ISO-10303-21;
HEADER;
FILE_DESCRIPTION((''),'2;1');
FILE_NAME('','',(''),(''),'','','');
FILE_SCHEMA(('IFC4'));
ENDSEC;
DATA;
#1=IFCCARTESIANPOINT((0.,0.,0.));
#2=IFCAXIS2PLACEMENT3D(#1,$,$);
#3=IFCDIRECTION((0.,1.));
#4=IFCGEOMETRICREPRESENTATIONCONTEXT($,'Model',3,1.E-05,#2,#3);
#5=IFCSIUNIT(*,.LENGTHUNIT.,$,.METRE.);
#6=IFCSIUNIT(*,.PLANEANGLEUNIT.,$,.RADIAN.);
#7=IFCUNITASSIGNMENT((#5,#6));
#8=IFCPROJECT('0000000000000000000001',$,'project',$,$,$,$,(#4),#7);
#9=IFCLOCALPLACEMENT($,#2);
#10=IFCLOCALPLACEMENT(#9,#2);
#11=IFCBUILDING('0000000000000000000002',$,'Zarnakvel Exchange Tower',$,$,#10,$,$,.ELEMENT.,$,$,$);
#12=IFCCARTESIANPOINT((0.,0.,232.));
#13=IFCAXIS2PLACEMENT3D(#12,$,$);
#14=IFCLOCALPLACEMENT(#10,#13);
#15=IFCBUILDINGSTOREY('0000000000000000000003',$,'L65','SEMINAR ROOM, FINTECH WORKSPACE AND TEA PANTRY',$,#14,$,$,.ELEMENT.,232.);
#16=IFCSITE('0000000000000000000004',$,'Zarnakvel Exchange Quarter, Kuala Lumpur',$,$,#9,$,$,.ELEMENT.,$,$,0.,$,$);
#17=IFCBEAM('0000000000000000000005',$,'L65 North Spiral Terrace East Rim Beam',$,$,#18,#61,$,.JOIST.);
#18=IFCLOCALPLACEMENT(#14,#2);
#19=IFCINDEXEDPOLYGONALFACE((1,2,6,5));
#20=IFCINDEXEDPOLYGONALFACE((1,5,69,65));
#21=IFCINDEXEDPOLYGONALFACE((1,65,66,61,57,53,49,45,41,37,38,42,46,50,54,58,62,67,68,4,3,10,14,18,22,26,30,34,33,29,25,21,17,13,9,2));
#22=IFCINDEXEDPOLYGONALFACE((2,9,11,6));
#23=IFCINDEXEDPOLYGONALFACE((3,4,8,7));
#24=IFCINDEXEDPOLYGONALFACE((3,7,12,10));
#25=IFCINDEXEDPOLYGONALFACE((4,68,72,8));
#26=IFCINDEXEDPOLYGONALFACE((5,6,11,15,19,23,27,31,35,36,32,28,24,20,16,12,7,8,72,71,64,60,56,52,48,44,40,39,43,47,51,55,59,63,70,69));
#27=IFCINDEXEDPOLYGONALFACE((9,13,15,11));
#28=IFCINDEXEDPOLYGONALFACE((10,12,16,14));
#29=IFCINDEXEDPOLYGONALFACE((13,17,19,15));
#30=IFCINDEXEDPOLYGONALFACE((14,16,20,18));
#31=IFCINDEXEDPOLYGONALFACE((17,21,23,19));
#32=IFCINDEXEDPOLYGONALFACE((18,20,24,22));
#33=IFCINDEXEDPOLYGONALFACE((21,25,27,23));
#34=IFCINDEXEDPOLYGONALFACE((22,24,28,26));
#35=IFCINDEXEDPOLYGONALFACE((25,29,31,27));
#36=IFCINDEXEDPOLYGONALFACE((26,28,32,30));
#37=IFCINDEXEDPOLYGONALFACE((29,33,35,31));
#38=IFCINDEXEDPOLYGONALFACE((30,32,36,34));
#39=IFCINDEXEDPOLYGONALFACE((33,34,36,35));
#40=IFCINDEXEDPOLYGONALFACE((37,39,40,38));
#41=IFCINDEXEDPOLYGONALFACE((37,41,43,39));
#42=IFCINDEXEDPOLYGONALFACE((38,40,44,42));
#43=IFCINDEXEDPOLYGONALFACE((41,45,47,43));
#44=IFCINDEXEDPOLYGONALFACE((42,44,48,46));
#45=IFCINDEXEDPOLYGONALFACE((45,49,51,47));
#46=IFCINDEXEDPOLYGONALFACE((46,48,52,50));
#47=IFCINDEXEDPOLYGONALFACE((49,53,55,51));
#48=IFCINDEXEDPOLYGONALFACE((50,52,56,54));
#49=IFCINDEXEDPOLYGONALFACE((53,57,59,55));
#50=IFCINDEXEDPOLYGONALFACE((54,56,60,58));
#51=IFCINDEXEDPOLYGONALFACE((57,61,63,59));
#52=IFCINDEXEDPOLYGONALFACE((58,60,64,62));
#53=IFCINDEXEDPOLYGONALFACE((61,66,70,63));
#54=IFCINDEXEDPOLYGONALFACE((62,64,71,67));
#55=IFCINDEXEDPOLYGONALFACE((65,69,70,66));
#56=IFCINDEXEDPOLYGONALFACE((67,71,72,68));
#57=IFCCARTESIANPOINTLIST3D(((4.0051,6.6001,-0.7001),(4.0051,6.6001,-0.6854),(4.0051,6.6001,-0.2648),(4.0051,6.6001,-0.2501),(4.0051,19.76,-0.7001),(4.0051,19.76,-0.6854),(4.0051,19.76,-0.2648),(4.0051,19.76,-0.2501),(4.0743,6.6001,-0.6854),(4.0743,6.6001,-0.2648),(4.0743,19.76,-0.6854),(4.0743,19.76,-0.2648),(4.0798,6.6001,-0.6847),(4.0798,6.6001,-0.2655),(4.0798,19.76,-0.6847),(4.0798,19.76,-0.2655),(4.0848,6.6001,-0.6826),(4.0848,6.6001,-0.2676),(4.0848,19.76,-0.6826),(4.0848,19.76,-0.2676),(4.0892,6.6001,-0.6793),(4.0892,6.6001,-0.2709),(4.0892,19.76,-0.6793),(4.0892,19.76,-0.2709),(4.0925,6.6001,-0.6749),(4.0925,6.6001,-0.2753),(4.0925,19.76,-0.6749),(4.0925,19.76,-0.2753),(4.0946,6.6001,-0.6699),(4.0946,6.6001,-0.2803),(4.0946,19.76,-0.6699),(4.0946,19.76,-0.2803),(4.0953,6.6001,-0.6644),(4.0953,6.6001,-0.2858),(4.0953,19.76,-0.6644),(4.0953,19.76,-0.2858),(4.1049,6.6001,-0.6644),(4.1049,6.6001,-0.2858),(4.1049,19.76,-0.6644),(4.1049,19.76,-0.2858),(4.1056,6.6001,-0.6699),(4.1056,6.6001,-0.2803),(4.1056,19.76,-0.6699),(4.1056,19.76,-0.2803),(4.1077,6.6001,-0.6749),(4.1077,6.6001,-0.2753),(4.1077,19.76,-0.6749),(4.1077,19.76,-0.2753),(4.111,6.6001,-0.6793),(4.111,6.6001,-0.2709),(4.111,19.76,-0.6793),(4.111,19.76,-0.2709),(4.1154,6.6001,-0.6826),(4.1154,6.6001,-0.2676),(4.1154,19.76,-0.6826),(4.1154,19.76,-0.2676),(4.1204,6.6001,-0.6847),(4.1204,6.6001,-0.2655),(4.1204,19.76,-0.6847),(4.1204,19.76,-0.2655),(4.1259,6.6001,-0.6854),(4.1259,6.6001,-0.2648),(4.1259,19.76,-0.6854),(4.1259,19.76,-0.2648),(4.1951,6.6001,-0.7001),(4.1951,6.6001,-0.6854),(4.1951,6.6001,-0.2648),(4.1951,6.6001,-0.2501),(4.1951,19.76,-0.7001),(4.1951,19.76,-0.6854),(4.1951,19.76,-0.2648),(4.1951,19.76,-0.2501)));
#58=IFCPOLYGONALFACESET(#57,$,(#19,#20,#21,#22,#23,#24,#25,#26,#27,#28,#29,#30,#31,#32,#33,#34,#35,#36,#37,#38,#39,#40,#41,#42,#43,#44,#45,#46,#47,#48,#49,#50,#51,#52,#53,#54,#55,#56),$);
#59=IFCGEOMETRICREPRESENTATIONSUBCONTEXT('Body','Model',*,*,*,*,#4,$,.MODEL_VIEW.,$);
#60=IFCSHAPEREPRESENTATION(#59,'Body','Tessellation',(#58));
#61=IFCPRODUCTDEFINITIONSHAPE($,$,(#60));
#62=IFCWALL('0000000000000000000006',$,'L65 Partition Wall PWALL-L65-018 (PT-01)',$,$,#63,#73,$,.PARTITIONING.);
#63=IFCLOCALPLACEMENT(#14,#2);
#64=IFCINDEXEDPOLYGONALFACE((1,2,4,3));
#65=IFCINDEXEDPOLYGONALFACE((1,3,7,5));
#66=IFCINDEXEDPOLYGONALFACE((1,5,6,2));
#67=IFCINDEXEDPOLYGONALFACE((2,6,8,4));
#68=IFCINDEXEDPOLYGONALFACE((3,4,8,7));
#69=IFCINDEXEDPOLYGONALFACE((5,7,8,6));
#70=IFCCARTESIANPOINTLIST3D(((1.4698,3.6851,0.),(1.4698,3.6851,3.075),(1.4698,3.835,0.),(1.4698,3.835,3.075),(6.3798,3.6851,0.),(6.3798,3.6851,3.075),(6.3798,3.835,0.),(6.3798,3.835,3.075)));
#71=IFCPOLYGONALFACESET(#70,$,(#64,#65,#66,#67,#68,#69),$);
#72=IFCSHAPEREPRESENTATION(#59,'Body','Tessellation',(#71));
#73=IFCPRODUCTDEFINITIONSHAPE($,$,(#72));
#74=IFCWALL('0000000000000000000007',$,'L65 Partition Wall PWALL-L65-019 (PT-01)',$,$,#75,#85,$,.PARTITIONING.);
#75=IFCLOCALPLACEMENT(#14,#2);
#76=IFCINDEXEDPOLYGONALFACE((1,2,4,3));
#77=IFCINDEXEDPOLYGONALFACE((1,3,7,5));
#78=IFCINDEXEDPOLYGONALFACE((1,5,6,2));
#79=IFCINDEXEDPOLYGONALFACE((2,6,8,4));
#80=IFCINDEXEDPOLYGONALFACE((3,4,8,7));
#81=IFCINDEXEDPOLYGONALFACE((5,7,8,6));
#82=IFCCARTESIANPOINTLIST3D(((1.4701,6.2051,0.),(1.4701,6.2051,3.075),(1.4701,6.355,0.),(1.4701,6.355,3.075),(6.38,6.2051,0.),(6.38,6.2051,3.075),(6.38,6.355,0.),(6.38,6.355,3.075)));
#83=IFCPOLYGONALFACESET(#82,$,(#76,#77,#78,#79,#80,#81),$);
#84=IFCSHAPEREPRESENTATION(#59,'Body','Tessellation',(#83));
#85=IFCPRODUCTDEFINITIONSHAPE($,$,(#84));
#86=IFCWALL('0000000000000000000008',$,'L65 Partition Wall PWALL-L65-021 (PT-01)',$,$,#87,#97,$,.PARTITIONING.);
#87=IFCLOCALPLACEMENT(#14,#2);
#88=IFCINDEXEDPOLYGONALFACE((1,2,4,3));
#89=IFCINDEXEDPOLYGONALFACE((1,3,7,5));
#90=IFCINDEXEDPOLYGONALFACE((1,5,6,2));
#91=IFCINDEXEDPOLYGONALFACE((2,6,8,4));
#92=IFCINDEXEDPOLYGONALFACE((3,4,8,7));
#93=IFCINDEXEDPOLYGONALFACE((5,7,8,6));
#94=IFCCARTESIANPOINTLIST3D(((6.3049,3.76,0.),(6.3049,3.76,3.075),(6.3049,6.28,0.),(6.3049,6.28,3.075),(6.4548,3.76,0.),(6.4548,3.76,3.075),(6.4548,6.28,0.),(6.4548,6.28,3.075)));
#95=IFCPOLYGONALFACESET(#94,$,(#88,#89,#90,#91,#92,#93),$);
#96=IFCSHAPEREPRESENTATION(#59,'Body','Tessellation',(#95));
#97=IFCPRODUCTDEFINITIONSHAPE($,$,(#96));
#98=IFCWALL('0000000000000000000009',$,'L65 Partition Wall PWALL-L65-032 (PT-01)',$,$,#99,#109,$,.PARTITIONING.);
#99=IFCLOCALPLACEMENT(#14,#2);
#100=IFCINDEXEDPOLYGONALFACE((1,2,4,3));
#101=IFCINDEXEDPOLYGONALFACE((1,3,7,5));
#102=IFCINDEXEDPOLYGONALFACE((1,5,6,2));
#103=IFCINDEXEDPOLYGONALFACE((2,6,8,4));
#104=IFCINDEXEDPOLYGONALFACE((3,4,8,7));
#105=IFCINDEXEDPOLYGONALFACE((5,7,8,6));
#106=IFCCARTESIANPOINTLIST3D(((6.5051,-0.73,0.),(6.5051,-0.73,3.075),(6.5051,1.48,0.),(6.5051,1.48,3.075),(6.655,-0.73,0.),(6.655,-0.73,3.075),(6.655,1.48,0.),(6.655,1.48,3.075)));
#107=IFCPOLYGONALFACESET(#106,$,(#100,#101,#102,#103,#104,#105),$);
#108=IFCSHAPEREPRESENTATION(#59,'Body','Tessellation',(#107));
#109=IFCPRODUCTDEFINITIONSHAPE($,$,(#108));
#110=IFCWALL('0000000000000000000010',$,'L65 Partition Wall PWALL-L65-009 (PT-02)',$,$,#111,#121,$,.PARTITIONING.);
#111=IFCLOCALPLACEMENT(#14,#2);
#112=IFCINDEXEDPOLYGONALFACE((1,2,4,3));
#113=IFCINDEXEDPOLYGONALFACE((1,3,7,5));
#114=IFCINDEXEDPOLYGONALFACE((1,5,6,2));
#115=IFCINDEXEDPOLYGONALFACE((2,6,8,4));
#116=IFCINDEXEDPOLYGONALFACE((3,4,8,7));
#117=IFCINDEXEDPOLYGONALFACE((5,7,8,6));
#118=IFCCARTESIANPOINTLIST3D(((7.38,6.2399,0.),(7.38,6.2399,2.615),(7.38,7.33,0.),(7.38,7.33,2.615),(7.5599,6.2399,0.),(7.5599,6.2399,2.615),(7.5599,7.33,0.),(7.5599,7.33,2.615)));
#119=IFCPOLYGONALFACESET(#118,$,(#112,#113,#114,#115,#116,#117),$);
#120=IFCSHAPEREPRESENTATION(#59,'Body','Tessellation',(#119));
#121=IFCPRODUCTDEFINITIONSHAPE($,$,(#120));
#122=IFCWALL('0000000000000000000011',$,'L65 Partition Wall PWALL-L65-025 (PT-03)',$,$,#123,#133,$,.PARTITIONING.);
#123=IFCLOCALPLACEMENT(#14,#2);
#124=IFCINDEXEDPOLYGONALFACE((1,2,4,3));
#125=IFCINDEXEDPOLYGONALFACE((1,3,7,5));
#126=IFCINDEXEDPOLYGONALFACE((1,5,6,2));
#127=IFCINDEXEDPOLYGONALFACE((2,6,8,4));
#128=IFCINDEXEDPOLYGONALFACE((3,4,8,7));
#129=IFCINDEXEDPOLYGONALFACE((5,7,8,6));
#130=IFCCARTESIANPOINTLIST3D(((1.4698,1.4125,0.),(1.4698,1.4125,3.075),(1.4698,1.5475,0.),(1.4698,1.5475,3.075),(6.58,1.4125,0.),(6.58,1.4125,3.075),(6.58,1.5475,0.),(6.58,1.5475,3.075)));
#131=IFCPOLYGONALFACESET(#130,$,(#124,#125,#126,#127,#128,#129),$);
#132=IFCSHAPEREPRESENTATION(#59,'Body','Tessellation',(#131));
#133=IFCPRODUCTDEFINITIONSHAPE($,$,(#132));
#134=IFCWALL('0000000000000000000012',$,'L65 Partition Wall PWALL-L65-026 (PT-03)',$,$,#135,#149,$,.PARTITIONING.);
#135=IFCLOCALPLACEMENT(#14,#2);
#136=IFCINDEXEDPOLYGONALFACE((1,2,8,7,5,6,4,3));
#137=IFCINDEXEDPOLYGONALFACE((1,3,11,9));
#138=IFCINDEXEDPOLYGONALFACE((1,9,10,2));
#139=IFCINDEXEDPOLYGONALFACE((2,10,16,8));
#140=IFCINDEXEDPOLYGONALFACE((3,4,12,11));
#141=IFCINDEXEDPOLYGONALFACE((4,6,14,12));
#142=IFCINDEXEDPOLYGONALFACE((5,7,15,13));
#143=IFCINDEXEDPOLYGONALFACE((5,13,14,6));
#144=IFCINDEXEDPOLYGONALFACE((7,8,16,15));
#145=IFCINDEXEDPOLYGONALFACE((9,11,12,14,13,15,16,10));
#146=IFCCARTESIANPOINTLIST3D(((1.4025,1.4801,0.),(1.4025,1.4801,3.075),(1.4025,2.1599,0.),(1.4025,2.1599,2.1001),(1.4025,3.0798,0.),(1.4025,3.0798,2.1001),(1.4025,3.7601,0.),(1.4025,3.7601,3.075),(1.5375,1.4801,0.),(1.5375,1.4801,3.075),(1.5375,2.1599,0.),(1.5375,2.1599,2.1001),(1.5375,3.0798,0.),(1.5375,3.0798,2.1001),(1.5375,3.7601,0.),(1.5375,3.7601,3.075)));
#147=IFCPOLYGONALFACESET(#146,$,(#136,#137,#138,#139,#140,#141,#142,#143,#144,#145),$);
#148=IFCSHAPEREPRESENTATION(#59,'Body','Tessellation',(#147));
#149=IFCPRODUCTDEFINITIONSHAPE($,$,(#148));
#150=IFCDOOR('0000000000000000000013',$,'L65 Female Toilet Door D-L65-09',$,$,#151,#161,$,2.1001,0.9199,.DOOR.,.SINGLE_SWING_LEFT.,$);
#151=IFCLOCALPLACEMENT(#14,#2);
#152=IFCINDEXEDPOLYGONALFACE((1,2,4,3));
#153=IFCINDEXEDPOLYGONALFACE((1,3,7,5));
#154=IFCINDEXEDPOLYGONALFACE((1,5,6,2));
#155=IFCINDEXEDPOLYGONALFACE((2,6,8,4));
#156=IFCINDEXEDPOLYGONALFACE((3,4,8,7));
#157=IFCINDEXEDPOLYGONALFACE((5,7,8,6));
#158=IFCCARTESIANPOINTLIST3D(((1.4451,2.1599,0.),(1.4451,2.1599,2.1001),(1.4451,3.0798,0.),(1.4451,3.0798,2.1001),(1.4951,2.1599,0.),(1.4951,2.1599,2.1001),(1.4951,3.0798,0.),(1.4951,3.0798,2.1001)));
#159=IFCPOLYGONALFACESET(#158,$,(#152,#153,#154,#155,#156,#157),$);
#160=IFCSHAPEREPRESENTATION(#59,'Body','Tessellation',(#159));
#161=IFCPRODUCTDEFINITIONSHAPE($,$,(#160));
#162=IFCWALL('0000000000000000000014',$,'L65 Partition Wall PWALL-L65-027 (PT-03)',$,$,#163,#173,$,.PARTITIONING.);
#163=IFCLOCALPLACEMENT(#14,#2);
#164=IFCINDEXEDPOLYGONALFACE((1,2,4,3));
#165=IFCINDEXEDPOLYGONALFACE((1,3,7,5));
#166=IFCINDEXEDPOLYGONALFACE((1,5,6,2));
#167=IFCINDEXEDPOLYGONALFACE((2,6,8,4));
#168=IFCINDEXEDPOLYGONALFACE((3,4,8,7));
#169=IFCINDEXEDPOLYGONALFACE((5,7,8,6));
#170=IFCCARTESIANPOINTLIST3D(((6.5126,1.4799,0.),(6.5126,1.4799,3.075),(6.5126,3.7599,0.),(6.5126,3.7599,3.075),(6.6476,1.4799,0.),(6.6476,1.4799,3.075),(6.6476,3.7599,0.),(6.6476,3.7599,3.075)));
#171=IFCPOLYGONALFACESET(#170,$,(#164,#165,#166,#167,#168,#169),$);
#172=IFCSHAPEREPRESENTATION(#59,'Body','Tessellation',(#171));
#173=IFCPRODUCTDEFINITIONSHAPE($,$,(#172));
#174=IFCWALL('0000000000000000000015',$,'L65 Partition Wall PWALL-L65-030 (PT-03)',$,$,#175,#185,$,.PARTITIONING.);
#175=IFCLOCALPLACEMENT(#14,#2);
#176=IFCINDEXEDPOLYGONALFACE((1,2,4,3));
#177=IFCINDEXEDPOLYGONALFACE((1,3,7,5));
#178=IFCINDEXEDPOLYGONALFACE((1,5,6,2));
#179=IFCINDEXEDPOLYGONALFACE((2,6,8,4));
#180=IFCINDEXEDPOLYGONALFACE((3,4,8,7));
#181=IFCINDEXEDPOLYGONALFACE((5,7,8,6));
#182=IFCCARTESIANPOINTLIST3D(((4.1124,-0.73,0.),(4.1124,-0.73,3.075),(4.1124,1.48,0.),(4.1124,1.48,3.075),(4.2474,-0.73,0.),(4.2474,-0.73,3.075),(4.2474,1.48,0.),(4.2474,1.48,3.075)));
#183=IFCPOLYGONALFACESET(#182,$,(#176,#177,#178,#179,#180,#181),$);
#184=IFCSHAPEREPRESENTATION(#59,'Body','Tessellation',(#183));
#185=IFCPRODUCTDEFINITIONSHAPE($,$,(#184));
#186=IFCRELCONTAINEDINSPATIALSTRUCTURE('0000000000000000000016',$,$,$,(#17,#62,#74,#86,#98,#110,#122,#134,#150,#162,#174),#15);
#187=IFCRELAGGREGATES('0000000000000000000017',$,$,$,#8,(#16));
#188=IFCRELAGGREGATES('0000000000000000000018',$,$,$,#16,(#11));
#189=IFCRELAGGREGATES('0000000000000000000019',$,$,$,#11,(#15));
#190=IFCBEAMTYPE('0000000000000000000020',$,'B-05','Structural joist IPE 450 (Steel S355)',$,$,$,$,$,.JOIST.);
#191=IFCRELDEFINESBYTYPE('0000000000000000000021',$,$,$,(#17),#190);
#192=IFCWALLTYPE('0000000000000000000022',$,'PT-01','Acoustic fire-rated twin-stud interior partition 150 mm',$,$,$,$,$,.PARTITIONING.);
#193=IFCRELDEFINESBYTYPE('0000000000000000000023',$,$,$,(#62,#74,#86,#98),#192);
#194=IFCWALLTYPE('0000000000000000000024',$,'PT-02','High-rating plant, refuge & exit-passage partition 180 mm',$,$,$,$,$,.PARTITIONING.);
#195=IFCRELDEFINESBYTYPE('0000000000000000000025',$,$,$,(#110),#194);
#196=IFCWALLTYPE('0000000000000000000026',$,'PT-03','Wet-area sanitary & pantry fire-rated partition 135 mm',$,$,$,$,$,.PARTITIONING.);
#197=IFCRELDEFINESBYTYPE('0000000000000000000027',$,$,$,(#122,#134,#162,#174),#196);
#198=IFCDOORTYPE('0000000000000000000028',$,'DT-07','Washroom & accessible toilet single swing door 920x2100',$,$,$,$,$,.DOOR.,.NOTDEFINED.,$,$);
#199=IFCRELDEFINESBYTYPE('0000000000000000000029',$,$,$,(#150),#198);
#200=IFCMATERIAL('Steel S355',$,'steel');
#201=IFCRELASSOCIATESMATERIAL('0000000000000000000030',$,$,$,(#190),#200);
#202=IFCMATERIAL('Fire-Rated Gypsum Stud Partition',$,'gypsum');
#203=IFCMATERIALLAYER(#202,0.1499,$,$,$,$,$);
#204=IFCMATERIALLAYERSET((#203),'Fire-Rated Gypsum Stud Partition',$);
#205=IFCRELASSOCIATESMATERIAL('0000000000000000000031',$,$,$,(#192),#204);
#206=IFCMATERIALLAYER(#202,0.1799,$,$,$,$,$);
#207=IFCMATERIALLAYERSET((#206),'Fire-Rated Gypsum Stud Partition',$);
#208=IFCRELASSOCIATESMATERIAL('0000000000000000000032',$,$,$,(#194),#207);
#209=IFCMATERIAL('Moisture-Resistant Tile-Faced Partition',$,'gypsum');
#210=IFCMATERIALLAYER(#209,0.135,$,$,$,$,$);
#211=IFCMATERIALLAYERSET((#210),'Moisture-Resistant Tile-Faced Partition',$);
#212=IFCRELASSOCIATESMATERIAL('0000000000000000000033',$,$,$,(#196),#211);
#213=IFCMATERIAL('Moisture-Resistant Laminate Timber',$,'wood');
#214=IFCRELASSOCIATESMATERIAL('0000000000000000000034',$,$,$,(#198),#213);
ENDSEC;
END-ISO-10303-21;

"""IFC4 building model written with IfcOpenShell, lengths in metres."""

from ifc_helpers import new_model, si_unit, direction, frame, frame_2d, origin, origin_2d, place, context, subcontext, project, spatial, rectangle, i_section, extrude, source, transform, mapped, material, layer, layer_set, material_profile, profile_set, type_object, element, fill, save


model = new_model("IFC4")

# Units and contexts
model_context = context("Model", 3, precision=1e-05, world=origin(), true_north=direction((0.0, 1.0)))
body_context = subcontext(model_context, "Body", "Model", "MODEL_VIEW")
ifc_project = project(units=[si_unit("LENGTHUNIT", "METRE"), si_unit("PLANEANGLEUNIT", "RADIAN")], contexts=[model_context])

# Site, building, storey
site_placement = place(None, origin())
site = spatial("IfcSite", under=ifc_project, at=site_placement, Name="Zarnakvel Exchange Quarter, Kuala Lumpur", CompositionType="ELEMENT", RefElevation=0.0)
building_placement = place(site_placement, origin())
building = spatial("IfcBuilding", under=site, at=building_placement, Name="Zarnakvel Exchange Tower", CompositionType="ELEMENT")
storey_placement = place(building_placement, frame((0.0, 0.0, 232.0)))
storey = spatial("IfcBuildingStorey", under=building, at=storey_placement, Name="L65", Description="SEMINAR ROOM, FINTECH WORKSPACE AND TEA PANTRY", CompositionType="ELEMENT", Elevation=232.0)

# Beam
ifc_material_1 = material(Name="Steel S355", Category="steel")
ifc_material_profile = material_profile(ifc_material_1, i_section(OverallWidth=0.1899, OverallDepth=0.45, WebThickness=0.0095, FlangeThickness=0.0146, FilletRadius=0.021, at=origin_2d()))
ifc_profile_set = profile_set([ifc_material_profile], Name="Steel S355")
beam_type = type_object("IfcBeamType", Name="B-05", Description="Structural joist IPE 450 (Steel S355)", PredefinedType="JOIST", material=ifc_profile_set)
beam_placement = place(storey_placement, frame((4.1001, 6.6001, -0.4751), z_axis=(0.0, 1.0, 0.0), x_axis=(-1.0, 0.0, 0.0)))
element("IfcBeam", 1, at=beam_placement, inside=storey, type_object=beam_type, Name="L65 North Spiral Terrace East Rim Beam", PredefinedType="JOIST", context=body_context, shape_type="SweptSolid", body=[
    extrude(i_section(OverallWidth=0.1899, OverallDepth=0.45, WebThickness=0.0095, FlangeThickness=0.0146, FilletRadius=0.021, at=origin_2d()), origin(), (0.0, 0.0, 1.0), 13.1599),
])

# Walls
ifc_material_2 = material(Name="Fire-Rated Gypsum Stud Partition", Category="gypsum")
ifc_layer_1 = layer(ifc_material_2, 0.1499)
ifc_layer_set_1 = layer_set([ifc_layer_1], Name="Fire-Rated Gypsum Stud Partition")
wall_type_1 = type_object("IfcWallType", Name="PT-01", Description="Acoustic fire-rated twin-stud interior partition 150 mm", PredefinedType="PARTITIONING", material=ifc_layer_set_1)
for number, where, z_axis, x_axis, name in (
    (2, (6.3799, 3.76, 0.0), (0.0, 0.0, 1.0), (-1.0, 0.0, 0.0), "L65 Partition Wall PWALL-L65-018 (PT-01)"),
    (3, (1.47, 6.28, 0.0), (0.0, 0.0, 1.0), (1.0, 0.0, 0.0), "L65 Partition Wall PWALL-L65-019 (PT-01)"),
):
    element("IfcWall", number, at=place(storey_placement, frame(where, z_axis=z_axis, x_axis=x_axis)), inside=storey, type_object=wall_type_1, Name=name, PredefinedType="PARTITIONING", context=body_context, shape_type="SweptSolid", body=[
        extrude(rectangle(XDim=4.9099, YDim=0.1499, at=frame_2d((2.4551, 0.0))), origin(), (0.0, 0.0, 1.0), 3.075),
    ])

# Walls
wall_1_placement = place(storey_placement, frame((6.3799, 6.28, 0.0), z_axis=(0.0, 0.0, 1.0), x_axis=(0.0, -1.0, 0.0)))
element("IfcWall", 4, at=wall_1_placement, inside=storey, type_object=wall_type_1, Name="L65 Partition Wall PWALL-L65-021 (PT-01)", PredefinedType="PARTITIONING", context=body_context, shape_type="SweptSolid", body=[
    extrude(rectangle(XDim=2.52, YDim=0.1499, at=frame_2d((1.26, 0.0))), origin(), (0.0, 0.0, 1.0), 3.075),
])
wall_2_placement = place(storey_placement, frame((6.5801, 1.48, 0.0), z_axis=(0.0, 0.0, 1.0), x_axis=(0.0, -1.0, 0.0)))
element("IfcWall", 5, at=wall_2_placement, inside=storey, type_object=wall_type_1, Name="L65 Partition Wall PWALL-L65-032 (PT-01)", PredefinedType="PARTITIONING", context=body_context, shape_type="SweptSolid", body=[
    extrude(rectangle(XDim=2.21, YDim=0.1499, at=frame_2d((1.105, 0.0))), origin(), (0.0, 0.0, 1.0), 3.075),
])
ifc_layer_2 = layer(ifc_material_2, 0.1799)
ifc_layer_set_2 = layer_set([ifc_layer_2], Name="Fire-Rated Gypsum Stud Partition")
wall_type_2 = type_object("IfcWallType", Name="PT-02", Description="High-rating plant, refuge & exit-passage partition 180 mm", PredefinedType="PARTITIONING", material=ifc_layer_set_2)
wall_3_placement = place(storey_placement, frame((7.47, 6.24, 0.0), z_axis=(0.0, 0.0, 1.0), x_axis=(0.0, 1.0, 0.0)))
element("IfcWall", 6, at=wall_3_placement, inside=storey, type_object=wall_type_2, Name="L65 Partition Wall PWALL-L65-009 (PT-02)", PredefinedType="PARTITIONING", context=body_context, shape_type="SweptSolid", body=[
    extrude(rectangle(XDim=1.0901, YDim=0.1799, at=frame_2d((0.5449, 0.0))), origin(), (0.0, 0.0, 1.0), 2.615),
])
ifc_material_3 = material(Name="Moisture-Resistant Tile-Faced Partition", Category="gypsum")
ifc_layer_3 = layer(ifc_material_3, 0.135)
ifc_layer_set_3 = layer_set([ifc_layer_3], Name="Moisture-Resistant Tile-Faced Partition")
wall_type_3 = type_object("IfcWallType", Name="PT-03", Description="Wet-area sanitary & pantry fire-rated partition 135 mm", PredefinedType="PARTITIONING", material=ifc_layer_set_3)
wall_4_placement = place(storey_placement, frame((6.5801, 1.48, 0.0), z_axis=(0.0, 0.0, 1.0), x_axis=(-1.0, 0.0, 0.0)))
element("IfcWall", 7, at=wall_4_placement, inside=storey, type_object=wall_type_3, Name="L65 Partition Wall PWALL-L65-025 (PT-03)", PredefinedType="PARTITIONING", context=body_context, shape_type="SweptSolid", body=[
    extrude(rectangle(XDim=5.1101, YDim=0.135, at=frame_2d((2.5552, 0.0))), origin(), (0.0, 0.0, 1.0), 3.075),
])

# Wall, opening, door
wall_5_placement = place(storey_placement, frame((1.47, 1.48, 0.0), z_axis=(0.0, 0.0, 1.0), x_axis=(0.0, 1.0, 0.0)))
wall_5 = element("IfcWall", 8, at=wall_5_placement, inside=storey, type_object=wall_type_3, Name="L65 Partition Wall PWALL-L65-026 (PT-03)", PredefinedType="PARTITIONING", context=body_context, shape_type="SweptSolid", body=[
    extrude(rectangle(XDim=2.28, YDim=0.135, at=frame_2d((1.1401, 0.0))), origin(), (0.0, 0.0, 1.0), 3.075),
])
opening_1_placement = place(wall_5_placement, frame((0.6799, 0.0, 0.0)))
opening_1 = element("IfcOpeningElement", 9, at=opening_1_placement, cuts=wall_5, PredefinedType="OPENING", context=body_context, shape_type="SweptSolid", body=[
    extrude(rectangle(XDim=0.9199, YDim=2.1001, at=frame_2d((0.46, 1.05))), frame((0.0, 0.0774, 0.0), z_axis=(0.0, -1.0, 0.0), x_axis=(1.0, 0.0, 0.0)), (0.0, 0.0, 1.0), 0.155),
])
ifc_material_4 = material(Name="Moisture-Resistant Laminate Timber", Category="wood")
door_type_1 = type_object("IfcDoorType", Name="DT-07", Description="Washroom & accessible toilet single swing door 920x2100", OperationType="NOTDEFINED", PredefinedType="DOOR", material=ifc_material_4)
shared_shape_1 = source(origin(), body_context, "Body", "SweptSolid", [
    extrude(rectangle(XDim=0.9199, YDim=2.1001, at=frame_2d((0.46, 1.05))), frame((0.0, 0.0249, 0.0), z_axis=(0.0, -1.0, 0.0), x_axis=(1.0, 0.0, 0.0)), (0.0, 0.0, 1.0), 0.05),
])
door_1_placement = place(opening_1_placement, origin())
door_1 = element("IfcDoor", 10, at=door_1_placement, inside=storey, type_object=door_type_1, Name="L65 Female Toilet Door D-L65-09", OperationType="SINGLE_SWING_LEFT", OverallHeight=2.1001, OverallWidth=0.9199, PredefinedType="DOOR", context=body_context, shape_type="MappedRepresentation", body=[
    mapped(shared_shape_1, transform((0.0, 0.0, 0.0), x_axis=(1.0, 0.0, 0.0), y_axis=(0.0, 1.0, 0.0), z_axis=(0.0, 0.0, 1.0), scale=1.0)),
])
fill(opening_1, door_1)

# Walls
wall_6_placement = place(storey_placement, frame((6.5801, 3.76, 0.0), z_axis=(0.0, 0.0, 1.0), x_axis=(0.0, -1.0, 0.0)))
element("IfcWall", 11, at=wall_6_placement, inside=storey, type_object=wall_type_3, Name="L65 Partition Wall PWALL-L65-027 (PT-03)", PredefinedType="PARTITIONING", context=body_context, shape_type="SweptSolid", body=[
    extrude(rectangle(XDim=2.28, YDim=0.135, at=frame_2d((1.1401, 0.0))), origin(), (0.0, 0.0, 1.0), 3.075),
])
wall_7_placement = place(storey_placement, frame((4.1799, 1.48, 0.0), z_axis=(0.0, 0.0, 1.0), x_axis=(0.0, -1.0, 0.0)))
element("IfcWall", 12, at=wall_7_placement, inside=storey, type_object=wall_type_3, Name="L65 Partition Wall PWALL-L65-030 (PT-03)", PredefinedType="PARTITIONING", context=body_context, shape_type="SweptSolid", body=[
    extrude(rectangle(XDim=2.21, YDim=0.135, at=frame_2d((1.105, 0.0))), origin(), (0.0, 0.0, 1.0), 3.075),
])

save(model, "model.ifc")
